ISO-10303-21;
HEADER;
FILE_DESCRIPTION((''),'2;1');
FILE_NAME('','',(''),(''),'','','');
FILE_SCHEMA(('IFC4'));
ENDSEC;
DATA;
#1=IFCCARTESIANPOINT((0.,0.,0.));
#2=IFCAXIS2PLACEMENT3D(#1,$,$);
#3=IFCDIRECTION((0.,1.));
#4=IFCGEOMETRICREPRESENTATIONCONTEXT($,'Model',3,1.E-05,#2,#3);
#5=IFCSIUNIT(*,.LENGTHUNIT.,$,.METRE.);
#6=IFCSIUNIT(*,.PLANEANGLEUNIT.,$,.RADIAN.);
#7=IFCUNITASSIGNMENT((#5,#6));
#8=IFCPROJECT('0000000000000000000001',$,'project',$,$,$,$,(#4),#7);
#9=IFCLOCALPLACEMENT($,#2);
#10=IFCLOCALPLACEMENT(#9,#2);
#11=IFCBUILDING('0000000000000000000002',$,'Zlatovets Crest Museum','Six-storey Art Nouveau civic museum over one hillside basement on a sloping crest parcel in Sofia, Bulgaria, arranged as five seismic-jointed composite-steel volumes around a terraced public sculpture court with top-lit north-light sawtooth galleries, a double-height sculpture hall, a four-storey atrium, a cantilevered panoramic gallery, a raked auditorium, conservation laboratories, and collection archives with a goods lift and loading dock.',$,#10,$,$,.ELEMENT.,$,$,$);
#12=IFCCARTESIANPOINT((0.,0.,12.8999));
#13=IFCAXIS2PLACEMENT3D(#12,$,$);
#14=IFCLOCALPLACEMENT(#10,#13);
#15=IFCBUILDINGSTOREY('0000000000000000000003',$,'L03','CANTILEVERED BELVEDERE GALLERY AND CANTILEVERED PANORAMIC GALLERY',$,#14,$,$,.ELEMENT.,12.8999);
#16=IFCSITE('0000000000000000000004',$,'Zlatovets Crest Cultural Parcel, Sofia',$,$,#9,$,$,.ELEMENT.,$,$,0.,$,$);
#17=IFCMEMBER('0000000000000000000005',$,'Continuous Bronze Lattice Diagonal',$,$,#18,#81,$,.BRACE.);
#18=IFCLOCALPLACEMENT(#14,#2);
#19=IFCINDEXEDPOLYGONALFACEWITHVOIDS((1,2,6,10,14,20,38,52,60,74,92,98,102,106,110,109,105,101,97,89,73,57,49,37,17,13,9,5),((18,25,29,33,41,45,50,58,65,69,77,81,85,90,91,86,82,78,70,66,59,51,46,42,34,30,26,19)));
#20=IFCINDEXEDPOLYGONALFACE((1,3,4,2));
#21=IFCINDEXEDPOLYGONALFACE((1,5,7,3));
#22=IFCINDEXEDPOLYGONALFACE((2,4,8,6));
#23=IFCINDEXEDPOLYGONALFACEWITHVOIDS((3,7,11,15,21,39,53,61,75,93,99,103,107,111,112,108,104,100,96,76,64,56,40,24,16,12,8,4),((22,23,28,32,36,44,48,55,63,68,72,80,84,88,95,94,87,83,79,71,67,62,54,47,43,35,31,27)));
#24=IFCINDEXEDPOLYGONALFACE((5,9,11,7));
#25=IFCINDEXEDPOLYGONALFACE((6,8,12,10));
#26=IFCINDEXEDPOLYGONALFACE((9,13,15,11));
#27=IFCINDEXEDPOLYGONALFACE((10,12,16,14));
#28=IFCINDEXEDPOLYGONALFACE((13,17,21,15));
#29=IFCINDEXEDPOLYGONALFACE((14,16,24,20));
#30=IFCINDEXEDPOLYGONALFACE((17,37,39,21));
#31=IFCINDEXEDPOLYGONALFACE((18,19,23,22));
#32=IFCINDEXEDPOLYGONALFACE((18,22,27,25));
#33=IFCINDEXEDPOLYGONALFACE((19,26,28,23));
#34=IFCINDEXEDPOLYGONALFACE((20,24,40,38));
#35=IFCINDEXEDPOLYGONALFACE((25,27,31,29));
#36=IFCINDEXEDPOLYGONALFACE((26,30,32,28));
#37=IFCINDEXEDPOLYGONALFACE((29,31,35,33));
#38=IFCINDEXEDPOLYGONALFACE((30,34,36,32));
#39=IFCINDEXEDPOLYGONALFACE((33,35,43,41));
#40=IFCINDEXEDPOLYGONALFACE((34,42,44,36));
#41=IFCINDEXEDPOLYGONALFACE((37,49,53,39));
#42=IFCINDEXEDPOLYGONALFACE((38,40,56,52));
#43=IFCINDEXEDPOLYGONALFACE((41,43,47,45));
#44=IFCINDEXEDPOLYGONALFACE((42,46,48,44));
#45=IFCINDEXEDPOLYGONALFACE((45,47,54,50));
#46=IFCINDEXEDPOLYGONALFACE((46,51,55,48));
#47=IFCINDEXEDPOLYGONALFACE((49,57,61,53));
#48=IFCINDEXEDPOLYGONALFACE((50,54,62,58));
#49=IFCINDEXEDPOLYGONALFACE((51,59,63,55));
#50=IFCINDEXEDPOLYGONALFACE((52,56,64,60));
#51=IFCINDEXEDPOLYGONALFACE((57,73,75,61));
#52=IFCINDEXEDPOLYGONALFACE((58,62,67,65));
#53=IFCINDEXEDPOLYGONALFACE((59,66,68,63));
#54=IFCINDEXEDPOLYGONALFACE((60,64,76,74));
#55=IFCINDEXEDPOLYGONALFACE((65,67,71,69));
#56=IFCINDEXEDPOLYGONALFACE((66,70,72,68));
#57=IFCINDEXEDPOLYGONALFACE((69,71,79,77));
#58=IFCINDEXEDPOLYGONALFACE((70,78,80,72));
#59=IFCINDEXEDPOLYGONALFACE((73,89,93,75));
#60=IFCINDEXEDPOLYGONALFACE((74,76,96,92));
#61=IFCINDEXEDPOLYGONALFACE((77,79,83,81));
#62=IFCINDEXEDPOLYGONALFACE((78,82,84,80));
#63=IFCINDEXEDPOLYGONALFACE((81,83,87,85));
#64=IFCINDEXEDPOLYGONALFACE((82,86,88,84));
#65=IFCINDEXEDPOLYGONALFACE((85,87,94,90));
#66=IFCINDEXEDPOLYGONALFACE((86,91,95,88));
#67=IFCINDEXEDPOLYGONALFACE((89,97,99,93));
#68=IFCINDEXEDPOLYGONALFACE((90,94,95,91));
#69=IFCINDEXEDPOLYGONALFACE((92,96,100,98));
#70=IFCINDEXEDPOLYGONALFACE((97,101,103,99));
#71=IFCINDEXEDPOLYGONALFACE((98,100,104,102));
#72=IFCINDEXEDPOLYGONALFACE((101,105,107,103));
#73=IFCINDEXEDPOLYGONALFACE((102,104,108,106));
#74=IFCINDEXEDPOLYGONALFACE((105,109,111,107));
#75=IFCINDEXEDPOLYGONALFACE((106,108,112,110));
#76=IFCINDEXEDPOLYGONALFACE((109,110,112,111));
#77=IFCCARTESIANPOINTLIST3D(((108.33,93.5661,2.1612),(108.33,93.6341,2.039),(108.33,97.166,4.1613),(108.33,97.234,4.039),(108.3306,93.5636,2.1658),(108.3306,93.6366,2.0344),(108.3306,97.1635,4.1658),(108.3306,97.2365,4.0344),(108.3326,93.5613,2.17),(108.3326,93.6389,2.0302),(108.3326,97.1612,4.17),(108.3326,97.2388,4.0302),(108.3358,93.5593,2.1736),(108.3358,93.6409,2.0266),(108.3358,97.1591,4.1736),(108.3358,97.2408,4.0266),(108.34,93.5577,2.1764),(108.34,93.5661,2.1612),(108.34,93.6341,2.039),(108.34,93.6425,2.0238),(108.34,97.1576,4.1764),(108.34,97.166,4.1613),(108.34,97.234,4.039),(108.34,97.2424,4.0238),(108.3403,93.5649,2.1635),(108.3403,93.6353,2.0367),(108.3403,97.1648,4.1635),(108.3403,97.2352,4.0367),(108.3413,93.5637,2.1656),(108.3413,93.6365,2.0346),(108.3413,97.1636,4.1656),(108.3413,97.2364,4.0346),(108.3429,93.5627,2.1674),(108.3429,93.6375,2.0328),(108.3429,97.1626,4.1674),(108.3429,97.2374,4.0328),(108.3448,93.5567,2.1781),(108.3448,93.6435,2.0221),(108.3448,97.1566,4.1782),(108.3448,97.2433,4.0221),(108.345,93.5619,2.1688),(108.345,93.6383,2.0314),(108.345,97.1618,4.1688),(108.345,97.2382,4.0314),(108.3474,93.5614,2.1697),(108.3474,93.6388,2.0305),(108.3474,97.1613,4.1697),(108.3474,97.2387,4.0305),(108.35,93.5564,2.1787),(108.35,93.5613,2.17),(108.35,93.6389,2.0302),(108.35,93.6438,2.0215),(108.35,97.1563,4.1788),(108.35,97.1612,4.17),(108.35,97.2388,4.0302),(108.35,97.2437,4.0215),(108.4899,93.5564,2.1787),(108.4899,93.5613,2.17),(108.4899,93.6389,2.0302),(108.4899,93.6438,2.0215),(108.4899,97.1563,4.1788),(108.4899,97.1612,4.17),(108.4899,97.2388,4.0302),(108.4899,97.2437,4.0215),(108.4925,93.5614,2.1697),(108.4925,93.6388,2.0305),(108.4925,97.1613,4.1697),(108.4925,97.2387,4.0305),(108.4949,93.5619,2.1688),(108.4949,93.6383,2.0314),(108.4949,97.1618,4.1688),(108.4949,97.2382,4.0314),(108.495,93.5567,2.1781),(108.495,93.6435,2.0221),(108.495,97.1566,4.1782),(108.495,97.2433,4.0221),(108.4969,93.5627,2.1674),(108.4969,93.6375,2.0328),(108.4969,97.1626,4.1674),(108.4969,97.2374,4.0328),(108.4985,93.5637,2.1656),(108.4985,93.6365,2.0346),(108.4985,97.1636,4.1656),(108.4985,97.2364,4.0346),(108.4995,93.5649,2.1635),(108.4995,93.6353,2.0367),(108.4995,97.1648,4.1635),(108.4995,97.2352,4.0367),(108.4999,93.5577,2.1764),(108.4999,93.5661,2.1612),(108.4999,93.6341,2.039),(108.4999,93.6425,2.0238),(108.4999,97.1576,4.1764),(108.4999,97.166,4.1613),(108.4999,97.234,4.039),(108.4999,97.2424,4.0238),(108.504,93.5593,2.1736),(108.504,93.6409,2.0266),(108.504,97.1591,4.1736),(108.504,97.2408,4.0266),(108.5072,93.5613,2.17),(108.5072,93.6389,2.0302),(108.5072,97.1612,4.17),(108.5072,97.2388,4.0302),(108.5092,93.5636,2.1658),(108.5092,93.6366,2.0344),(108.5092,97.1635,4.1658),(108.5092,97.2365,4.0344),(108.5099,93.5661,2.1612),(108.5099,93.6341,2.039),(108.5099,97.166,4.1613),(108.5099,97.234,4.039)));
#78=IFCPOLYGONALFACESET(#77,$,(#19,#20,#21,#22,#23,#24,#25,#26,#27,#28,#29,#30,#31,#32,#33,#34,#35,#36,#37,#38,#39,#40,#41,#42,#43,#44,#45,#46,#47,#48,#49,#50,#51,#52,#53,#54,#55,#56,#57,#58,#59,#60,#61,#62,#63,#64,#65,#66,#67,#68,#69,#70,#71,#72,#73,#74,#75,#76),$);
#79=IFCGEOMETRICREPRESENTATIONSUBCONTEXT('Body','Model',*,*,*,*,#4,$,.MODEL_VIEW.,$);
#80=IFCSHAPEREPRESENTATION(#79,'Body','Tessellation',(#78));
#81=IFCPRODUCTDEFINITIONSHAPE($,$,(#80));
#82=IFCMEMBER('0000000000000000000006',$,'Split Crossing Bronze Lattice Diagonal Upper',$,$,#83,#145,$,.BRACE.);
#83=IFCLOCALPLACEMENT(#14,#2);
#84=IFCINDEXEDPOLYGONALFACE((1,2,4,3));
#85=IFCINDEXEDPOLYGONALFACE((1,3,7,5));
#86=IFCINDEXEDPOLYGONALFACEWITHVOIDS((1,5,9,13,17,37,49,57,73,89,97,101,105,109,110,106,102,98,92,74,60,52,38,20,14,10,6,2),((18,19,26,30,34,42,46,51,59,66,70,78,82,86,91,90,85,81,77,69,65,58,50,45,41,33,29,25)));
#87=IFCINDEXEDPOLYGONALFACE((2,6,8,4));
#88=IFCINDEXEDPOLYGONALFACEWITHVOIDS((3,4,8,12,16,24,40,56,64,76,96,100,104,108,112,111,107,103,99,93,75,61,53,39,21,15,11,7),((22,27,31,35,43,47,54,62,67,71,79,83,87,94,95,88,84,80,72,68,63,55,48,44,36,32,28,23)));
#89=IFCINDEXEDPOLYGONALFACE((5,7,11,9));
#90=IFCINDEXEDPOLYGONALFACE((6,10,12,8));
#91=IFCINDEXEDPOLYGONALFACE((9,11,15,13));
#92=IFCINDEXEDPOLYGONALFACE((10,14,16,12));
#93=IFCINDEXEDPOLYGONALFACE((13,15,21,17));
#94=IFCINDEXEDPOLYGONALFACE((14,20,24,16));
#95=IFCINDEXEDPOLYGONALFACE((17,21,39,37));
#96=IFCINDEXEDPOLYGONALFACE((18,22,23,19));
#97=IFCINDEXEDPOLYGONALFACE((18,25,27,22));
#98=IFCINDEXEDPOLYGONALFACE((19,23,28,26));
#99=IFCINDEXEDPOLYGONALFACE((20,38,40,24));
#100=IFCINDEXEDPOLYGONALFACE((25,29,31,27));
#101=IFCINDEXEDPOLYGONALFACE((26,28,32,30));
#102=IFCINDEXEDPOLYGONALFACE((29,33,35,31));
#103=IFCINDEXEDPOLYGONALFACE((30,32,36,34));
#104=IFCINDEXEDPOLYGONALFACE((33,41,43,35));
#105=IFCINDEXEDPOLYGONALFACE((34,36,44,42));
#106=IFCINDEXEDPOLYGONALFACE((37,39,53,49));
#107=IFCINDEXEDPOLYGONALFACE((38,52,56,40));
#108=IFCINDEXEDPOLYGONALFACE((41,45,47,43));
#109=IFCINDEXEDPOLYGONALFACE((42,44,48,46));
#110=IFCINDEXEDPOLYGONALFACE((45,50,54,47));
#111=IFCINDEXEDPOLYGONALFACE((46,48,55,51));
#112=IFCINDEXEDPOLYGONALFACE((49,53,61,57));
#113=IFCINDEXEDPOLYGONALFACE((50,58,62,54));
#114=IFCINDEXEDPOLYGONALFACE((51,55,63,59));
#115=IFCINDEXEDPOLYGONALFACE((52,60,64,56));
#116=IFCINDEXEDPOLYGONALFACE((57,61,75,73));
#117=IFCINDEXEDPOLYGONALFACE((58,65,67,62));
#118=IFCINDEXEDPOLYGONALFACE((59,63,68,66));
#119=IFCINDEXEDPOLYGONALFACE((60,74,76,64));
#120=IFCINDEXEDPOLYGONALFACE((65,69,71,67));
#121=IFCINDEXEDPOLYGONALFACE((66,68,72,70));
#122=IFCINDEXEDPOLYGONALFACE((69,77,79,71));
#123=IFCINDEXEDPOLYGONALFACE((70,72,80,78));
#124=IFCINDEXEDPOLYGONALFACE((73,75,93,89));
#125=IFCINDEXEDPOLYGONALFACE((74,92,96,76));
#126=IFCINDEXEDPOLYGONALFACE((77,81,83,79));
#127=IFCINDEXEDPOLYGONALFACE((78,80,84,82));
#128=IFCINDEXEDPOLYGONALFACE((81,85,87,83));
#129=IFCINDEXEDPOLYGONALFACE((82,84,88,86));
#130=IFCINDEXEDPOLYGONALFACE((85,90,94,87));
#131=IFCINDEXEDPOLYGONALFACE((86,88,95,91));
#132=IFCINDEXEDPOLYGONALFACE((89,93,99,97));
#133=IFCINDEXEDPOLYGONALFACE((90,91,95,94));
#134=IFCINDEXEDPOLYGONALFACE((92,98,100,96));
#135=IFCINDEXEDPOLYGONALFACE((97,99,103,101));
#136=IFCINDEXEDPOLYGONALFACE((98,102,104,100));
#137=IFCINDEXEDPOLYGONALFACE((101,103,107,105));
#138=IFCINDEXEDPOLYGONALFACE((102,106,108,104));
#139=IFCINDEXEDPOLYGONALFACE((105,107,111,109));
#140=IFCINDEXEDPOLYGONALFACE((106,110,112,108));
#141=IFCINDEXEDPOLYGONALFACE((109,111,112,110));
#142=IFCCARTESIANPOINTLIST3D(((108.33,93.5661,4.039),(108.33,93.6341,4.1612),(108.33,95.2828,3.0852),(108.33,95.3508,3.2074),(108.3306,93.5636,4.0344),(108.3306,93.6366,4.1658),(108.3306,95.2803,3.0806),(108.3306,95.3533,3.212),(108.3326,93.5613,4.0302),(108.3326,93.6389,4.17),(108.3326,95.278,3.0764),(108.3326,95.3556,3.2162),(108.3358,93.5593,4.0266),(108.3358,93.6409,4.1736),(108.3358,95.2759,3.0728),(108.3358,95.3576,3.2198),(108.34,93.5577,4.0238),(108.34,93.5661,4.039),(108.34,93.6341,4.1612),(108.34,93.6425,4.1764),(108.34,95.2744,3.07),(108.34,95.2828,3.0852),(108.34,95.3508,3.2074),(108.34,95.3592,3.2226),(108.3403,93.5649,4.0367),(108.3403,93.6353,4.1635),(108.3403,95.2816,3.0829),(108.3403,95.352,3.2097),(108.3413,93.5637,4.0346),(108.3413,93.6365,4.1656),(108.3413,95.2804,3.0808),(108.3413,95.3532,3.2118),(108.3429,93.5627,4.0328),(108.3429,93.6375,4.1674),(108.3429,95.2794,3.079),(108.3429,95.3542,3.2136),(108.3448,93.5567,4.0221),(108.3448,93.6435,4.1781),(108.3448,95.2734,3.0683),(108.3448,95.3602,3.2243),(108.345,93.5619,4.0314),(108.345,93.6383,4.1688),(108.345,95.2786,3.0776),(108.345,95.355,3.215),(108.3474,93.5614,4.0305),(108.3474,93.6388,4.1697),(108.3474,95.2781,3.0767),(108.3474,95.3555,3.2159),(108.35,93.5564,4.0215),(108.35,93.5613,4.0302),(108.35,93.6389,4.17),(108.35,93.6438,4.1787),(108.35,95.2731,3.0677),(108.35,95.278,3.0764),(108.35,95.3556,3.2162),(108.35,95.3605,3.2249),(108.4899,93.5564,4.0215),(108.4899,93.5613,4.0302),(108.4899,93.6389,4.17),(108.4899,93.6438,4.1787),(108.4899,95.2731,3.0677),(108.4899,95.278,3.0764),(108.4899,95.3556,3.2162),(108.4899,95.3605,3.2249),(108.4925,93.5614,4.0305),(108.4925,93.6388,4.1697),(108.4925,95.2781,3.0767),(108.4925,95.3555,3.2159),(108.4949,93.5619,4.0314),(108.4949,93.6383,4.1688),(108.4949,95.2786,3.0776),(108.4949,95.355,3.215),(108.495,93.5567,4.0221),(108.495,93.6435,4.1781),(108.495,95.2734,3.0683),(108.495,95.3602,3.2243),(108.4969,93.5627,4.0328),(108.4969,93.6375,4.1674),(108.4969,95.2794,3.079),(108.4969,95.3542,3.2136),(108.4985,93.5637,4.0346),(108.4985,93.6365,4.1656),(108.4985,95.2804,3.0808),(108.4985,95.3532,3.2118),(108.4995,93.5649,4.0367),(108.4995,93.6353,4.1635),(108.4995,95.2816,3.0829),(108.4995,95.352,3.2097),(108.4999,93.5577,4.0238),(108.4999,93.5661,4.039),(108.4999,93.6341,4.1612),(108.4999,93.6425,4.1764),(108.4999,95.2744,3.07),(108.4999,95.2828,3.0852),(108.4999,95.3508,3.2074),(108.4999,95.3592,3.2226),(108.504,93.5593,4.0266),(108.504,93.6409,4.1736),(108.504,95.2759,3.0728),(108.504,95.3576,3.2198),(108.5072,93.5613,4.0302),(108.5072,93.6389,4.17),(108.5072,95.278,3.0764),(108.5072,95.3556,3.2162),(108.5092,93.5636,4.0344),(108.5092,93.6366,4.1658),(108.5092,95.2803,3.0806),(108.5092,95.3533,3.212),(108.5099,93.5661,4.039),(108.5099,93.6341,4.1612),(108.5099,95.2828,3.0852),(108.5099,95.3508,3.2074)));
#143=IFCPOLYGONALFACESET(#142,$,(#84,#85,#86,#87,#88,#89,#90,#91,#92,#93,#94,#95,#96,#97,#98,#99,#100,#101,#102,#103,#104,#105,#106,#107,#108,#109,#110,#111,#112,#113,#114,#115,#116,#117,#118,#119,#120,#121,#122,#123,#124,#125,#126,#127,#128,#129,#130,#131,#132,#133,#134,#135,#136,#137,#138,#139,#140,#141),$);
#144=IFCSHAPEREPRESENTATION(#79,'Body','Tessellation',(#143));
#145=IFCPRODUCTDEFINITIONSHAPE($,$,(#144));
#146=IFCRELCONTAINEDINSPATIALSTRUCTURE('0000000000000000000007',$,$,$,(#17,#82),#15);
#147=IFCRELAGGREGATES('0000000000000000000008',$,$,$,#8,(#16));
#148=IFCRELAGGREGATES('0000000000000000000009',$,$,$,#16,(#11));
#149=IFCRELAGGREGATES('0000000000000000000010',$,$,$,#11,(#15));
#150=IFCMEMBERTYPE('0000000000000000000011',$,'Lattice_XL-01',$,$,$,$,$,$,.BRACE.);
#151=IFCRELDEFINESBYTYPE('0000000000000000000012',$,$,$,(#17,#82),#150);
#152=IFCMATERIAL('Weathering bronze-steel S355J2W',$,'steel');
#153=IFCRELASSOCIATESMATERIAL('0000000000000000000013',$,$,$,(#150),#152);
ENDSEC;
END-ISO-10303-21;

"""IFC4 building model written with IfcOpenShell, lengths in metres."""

from ifc_helpers import new_model, si_unit, direction, frame, origin, origin_2d, place, context, subcontext, project, spatial, hollow_rectangle, extrude, material, material_profile, profile_set, type_object, element, save


model = new_model("IFC4")

# Units and contexts
model_context = context("Model", 3, precision=1e-05, world=origin(), true_north=direction((0.0, 1.0)))
body_context = subcontext(model_context, "Body", "Model", "MODEL_VIEW")
ifc_project = project(units=[si_unit("LENGTHUNIT", "METRE"), si_unit("PLANEANGLEUNIT", "RADIAN")], contexts=[model_context])

# Site, building, storey
site_placement = place(None, origin())
site = spatial("IfcSite", under=ifc_project, at=site_placement, Name="Zlatovets Crest Cultural Parcel, Sofia", CompositionType="ELEMENT", RefElevation=0.0)
building_placement = place(site_placement, origin())
building = spatial("IfcBuilding", under=site, at=building_placement, Name="Zlatovets Crest Museum", Description="Six-storey Art Nouveau civic museum over one hillside basement on a sloping crest parcel in Sofia, Bulgaria, arranged as five seismic-jointed composite-steel volumes around a terraced public sculpture court with top-lit north-light sawtooth galleries, a double-height sculpture hall, a four-storey atrium, a cantilevered panoramic gallery, a raked auditorium, conservation laboratories, and collection archives with a goods lift and loading dock.", CompositionType="ELEMENT")
storey_placement = place(building_placement, frame((0.0, 0.0, 12.8999)))
storey = spatial("IfcBuildingStorey", under=building, at=storey_placement, Name="L03", Description="CANTILEVERED BELVEDERE GALLERY AND CANTILEVERED PANORAMIC GALLERY", CompositionType="ELEMENT", Elevation=12.8999)

# Members
ifc_material_1 = material(Name="Weathering bronze-steel S355J2W", Category="steel")
ifc_material_profile_1 = material_profile(ifc_material_1, hollow_rectangle(XDim=0.1799, YDim=0.1799, WallThickness=0.01, InnerFilletRadius=0.01, OuterFilletRadius=0.02, at=origin_2d()), Name="SHS 180x180x10.0")
ifc_profile_set_1 = profile_set([ifc_material_profile_1], Name="Weathering bronze-steel S355J2W")
member_type = type_object("IfcMemberType", Name="Lattice_XL-01", PredefinedType="BRACE", material=ifc_profile_set_1)
member_1_placement = place(storey_placement, frame((108.4199, 93.6001, 2.1001), z_axis=(0.0, 0.874149, 0.485658), x_axis=(-1.0, 0.0, 0.0)))
element("IfcMember", 1, at=member_1_placement, inside=storey, type_object=member_type, Name="Continuous Bronze Lattice Diagonal", PredefinedType="BRACE", context=body_context, shape_type="SweptSolid", body=[
    extrude(hollow_rectangle(XDim=0.1799, YDim=0.1799, WallThickness=0.01, InnerFilletRadius=0.01, OuterFilletRadius=0.02, at=origin_2d()), origin(), (0.0, 0.0, 1.0), 4.1182),
])
member_2_placement = place(storey_placement, frame((108.4199, 93.6001, 4.1001), z_axis=(0.0, 0.87414, -0.485675), x_axis=(-1.0, 0.0, 0.0)))
element("IfcMember", 2, at=member_2_placement, inside=storey, type_object=member_type, Name="Split Crossing Bronze Lattice Diagonal Upper", PredefinedType="BRACE", context=body_context, shape_type="SweptSolid", body=[
    extrude(hollow_rectangle(XDim=0.1799, YDim=0.1799, WallThickness=0.01, InnerFilletRadius=0.01, OuterFilletRadius=0.02, at=origin_2d()), origin(), (0.0, 0.0, 1.0), 1.9639),
])

save(model, "model.ifc")
